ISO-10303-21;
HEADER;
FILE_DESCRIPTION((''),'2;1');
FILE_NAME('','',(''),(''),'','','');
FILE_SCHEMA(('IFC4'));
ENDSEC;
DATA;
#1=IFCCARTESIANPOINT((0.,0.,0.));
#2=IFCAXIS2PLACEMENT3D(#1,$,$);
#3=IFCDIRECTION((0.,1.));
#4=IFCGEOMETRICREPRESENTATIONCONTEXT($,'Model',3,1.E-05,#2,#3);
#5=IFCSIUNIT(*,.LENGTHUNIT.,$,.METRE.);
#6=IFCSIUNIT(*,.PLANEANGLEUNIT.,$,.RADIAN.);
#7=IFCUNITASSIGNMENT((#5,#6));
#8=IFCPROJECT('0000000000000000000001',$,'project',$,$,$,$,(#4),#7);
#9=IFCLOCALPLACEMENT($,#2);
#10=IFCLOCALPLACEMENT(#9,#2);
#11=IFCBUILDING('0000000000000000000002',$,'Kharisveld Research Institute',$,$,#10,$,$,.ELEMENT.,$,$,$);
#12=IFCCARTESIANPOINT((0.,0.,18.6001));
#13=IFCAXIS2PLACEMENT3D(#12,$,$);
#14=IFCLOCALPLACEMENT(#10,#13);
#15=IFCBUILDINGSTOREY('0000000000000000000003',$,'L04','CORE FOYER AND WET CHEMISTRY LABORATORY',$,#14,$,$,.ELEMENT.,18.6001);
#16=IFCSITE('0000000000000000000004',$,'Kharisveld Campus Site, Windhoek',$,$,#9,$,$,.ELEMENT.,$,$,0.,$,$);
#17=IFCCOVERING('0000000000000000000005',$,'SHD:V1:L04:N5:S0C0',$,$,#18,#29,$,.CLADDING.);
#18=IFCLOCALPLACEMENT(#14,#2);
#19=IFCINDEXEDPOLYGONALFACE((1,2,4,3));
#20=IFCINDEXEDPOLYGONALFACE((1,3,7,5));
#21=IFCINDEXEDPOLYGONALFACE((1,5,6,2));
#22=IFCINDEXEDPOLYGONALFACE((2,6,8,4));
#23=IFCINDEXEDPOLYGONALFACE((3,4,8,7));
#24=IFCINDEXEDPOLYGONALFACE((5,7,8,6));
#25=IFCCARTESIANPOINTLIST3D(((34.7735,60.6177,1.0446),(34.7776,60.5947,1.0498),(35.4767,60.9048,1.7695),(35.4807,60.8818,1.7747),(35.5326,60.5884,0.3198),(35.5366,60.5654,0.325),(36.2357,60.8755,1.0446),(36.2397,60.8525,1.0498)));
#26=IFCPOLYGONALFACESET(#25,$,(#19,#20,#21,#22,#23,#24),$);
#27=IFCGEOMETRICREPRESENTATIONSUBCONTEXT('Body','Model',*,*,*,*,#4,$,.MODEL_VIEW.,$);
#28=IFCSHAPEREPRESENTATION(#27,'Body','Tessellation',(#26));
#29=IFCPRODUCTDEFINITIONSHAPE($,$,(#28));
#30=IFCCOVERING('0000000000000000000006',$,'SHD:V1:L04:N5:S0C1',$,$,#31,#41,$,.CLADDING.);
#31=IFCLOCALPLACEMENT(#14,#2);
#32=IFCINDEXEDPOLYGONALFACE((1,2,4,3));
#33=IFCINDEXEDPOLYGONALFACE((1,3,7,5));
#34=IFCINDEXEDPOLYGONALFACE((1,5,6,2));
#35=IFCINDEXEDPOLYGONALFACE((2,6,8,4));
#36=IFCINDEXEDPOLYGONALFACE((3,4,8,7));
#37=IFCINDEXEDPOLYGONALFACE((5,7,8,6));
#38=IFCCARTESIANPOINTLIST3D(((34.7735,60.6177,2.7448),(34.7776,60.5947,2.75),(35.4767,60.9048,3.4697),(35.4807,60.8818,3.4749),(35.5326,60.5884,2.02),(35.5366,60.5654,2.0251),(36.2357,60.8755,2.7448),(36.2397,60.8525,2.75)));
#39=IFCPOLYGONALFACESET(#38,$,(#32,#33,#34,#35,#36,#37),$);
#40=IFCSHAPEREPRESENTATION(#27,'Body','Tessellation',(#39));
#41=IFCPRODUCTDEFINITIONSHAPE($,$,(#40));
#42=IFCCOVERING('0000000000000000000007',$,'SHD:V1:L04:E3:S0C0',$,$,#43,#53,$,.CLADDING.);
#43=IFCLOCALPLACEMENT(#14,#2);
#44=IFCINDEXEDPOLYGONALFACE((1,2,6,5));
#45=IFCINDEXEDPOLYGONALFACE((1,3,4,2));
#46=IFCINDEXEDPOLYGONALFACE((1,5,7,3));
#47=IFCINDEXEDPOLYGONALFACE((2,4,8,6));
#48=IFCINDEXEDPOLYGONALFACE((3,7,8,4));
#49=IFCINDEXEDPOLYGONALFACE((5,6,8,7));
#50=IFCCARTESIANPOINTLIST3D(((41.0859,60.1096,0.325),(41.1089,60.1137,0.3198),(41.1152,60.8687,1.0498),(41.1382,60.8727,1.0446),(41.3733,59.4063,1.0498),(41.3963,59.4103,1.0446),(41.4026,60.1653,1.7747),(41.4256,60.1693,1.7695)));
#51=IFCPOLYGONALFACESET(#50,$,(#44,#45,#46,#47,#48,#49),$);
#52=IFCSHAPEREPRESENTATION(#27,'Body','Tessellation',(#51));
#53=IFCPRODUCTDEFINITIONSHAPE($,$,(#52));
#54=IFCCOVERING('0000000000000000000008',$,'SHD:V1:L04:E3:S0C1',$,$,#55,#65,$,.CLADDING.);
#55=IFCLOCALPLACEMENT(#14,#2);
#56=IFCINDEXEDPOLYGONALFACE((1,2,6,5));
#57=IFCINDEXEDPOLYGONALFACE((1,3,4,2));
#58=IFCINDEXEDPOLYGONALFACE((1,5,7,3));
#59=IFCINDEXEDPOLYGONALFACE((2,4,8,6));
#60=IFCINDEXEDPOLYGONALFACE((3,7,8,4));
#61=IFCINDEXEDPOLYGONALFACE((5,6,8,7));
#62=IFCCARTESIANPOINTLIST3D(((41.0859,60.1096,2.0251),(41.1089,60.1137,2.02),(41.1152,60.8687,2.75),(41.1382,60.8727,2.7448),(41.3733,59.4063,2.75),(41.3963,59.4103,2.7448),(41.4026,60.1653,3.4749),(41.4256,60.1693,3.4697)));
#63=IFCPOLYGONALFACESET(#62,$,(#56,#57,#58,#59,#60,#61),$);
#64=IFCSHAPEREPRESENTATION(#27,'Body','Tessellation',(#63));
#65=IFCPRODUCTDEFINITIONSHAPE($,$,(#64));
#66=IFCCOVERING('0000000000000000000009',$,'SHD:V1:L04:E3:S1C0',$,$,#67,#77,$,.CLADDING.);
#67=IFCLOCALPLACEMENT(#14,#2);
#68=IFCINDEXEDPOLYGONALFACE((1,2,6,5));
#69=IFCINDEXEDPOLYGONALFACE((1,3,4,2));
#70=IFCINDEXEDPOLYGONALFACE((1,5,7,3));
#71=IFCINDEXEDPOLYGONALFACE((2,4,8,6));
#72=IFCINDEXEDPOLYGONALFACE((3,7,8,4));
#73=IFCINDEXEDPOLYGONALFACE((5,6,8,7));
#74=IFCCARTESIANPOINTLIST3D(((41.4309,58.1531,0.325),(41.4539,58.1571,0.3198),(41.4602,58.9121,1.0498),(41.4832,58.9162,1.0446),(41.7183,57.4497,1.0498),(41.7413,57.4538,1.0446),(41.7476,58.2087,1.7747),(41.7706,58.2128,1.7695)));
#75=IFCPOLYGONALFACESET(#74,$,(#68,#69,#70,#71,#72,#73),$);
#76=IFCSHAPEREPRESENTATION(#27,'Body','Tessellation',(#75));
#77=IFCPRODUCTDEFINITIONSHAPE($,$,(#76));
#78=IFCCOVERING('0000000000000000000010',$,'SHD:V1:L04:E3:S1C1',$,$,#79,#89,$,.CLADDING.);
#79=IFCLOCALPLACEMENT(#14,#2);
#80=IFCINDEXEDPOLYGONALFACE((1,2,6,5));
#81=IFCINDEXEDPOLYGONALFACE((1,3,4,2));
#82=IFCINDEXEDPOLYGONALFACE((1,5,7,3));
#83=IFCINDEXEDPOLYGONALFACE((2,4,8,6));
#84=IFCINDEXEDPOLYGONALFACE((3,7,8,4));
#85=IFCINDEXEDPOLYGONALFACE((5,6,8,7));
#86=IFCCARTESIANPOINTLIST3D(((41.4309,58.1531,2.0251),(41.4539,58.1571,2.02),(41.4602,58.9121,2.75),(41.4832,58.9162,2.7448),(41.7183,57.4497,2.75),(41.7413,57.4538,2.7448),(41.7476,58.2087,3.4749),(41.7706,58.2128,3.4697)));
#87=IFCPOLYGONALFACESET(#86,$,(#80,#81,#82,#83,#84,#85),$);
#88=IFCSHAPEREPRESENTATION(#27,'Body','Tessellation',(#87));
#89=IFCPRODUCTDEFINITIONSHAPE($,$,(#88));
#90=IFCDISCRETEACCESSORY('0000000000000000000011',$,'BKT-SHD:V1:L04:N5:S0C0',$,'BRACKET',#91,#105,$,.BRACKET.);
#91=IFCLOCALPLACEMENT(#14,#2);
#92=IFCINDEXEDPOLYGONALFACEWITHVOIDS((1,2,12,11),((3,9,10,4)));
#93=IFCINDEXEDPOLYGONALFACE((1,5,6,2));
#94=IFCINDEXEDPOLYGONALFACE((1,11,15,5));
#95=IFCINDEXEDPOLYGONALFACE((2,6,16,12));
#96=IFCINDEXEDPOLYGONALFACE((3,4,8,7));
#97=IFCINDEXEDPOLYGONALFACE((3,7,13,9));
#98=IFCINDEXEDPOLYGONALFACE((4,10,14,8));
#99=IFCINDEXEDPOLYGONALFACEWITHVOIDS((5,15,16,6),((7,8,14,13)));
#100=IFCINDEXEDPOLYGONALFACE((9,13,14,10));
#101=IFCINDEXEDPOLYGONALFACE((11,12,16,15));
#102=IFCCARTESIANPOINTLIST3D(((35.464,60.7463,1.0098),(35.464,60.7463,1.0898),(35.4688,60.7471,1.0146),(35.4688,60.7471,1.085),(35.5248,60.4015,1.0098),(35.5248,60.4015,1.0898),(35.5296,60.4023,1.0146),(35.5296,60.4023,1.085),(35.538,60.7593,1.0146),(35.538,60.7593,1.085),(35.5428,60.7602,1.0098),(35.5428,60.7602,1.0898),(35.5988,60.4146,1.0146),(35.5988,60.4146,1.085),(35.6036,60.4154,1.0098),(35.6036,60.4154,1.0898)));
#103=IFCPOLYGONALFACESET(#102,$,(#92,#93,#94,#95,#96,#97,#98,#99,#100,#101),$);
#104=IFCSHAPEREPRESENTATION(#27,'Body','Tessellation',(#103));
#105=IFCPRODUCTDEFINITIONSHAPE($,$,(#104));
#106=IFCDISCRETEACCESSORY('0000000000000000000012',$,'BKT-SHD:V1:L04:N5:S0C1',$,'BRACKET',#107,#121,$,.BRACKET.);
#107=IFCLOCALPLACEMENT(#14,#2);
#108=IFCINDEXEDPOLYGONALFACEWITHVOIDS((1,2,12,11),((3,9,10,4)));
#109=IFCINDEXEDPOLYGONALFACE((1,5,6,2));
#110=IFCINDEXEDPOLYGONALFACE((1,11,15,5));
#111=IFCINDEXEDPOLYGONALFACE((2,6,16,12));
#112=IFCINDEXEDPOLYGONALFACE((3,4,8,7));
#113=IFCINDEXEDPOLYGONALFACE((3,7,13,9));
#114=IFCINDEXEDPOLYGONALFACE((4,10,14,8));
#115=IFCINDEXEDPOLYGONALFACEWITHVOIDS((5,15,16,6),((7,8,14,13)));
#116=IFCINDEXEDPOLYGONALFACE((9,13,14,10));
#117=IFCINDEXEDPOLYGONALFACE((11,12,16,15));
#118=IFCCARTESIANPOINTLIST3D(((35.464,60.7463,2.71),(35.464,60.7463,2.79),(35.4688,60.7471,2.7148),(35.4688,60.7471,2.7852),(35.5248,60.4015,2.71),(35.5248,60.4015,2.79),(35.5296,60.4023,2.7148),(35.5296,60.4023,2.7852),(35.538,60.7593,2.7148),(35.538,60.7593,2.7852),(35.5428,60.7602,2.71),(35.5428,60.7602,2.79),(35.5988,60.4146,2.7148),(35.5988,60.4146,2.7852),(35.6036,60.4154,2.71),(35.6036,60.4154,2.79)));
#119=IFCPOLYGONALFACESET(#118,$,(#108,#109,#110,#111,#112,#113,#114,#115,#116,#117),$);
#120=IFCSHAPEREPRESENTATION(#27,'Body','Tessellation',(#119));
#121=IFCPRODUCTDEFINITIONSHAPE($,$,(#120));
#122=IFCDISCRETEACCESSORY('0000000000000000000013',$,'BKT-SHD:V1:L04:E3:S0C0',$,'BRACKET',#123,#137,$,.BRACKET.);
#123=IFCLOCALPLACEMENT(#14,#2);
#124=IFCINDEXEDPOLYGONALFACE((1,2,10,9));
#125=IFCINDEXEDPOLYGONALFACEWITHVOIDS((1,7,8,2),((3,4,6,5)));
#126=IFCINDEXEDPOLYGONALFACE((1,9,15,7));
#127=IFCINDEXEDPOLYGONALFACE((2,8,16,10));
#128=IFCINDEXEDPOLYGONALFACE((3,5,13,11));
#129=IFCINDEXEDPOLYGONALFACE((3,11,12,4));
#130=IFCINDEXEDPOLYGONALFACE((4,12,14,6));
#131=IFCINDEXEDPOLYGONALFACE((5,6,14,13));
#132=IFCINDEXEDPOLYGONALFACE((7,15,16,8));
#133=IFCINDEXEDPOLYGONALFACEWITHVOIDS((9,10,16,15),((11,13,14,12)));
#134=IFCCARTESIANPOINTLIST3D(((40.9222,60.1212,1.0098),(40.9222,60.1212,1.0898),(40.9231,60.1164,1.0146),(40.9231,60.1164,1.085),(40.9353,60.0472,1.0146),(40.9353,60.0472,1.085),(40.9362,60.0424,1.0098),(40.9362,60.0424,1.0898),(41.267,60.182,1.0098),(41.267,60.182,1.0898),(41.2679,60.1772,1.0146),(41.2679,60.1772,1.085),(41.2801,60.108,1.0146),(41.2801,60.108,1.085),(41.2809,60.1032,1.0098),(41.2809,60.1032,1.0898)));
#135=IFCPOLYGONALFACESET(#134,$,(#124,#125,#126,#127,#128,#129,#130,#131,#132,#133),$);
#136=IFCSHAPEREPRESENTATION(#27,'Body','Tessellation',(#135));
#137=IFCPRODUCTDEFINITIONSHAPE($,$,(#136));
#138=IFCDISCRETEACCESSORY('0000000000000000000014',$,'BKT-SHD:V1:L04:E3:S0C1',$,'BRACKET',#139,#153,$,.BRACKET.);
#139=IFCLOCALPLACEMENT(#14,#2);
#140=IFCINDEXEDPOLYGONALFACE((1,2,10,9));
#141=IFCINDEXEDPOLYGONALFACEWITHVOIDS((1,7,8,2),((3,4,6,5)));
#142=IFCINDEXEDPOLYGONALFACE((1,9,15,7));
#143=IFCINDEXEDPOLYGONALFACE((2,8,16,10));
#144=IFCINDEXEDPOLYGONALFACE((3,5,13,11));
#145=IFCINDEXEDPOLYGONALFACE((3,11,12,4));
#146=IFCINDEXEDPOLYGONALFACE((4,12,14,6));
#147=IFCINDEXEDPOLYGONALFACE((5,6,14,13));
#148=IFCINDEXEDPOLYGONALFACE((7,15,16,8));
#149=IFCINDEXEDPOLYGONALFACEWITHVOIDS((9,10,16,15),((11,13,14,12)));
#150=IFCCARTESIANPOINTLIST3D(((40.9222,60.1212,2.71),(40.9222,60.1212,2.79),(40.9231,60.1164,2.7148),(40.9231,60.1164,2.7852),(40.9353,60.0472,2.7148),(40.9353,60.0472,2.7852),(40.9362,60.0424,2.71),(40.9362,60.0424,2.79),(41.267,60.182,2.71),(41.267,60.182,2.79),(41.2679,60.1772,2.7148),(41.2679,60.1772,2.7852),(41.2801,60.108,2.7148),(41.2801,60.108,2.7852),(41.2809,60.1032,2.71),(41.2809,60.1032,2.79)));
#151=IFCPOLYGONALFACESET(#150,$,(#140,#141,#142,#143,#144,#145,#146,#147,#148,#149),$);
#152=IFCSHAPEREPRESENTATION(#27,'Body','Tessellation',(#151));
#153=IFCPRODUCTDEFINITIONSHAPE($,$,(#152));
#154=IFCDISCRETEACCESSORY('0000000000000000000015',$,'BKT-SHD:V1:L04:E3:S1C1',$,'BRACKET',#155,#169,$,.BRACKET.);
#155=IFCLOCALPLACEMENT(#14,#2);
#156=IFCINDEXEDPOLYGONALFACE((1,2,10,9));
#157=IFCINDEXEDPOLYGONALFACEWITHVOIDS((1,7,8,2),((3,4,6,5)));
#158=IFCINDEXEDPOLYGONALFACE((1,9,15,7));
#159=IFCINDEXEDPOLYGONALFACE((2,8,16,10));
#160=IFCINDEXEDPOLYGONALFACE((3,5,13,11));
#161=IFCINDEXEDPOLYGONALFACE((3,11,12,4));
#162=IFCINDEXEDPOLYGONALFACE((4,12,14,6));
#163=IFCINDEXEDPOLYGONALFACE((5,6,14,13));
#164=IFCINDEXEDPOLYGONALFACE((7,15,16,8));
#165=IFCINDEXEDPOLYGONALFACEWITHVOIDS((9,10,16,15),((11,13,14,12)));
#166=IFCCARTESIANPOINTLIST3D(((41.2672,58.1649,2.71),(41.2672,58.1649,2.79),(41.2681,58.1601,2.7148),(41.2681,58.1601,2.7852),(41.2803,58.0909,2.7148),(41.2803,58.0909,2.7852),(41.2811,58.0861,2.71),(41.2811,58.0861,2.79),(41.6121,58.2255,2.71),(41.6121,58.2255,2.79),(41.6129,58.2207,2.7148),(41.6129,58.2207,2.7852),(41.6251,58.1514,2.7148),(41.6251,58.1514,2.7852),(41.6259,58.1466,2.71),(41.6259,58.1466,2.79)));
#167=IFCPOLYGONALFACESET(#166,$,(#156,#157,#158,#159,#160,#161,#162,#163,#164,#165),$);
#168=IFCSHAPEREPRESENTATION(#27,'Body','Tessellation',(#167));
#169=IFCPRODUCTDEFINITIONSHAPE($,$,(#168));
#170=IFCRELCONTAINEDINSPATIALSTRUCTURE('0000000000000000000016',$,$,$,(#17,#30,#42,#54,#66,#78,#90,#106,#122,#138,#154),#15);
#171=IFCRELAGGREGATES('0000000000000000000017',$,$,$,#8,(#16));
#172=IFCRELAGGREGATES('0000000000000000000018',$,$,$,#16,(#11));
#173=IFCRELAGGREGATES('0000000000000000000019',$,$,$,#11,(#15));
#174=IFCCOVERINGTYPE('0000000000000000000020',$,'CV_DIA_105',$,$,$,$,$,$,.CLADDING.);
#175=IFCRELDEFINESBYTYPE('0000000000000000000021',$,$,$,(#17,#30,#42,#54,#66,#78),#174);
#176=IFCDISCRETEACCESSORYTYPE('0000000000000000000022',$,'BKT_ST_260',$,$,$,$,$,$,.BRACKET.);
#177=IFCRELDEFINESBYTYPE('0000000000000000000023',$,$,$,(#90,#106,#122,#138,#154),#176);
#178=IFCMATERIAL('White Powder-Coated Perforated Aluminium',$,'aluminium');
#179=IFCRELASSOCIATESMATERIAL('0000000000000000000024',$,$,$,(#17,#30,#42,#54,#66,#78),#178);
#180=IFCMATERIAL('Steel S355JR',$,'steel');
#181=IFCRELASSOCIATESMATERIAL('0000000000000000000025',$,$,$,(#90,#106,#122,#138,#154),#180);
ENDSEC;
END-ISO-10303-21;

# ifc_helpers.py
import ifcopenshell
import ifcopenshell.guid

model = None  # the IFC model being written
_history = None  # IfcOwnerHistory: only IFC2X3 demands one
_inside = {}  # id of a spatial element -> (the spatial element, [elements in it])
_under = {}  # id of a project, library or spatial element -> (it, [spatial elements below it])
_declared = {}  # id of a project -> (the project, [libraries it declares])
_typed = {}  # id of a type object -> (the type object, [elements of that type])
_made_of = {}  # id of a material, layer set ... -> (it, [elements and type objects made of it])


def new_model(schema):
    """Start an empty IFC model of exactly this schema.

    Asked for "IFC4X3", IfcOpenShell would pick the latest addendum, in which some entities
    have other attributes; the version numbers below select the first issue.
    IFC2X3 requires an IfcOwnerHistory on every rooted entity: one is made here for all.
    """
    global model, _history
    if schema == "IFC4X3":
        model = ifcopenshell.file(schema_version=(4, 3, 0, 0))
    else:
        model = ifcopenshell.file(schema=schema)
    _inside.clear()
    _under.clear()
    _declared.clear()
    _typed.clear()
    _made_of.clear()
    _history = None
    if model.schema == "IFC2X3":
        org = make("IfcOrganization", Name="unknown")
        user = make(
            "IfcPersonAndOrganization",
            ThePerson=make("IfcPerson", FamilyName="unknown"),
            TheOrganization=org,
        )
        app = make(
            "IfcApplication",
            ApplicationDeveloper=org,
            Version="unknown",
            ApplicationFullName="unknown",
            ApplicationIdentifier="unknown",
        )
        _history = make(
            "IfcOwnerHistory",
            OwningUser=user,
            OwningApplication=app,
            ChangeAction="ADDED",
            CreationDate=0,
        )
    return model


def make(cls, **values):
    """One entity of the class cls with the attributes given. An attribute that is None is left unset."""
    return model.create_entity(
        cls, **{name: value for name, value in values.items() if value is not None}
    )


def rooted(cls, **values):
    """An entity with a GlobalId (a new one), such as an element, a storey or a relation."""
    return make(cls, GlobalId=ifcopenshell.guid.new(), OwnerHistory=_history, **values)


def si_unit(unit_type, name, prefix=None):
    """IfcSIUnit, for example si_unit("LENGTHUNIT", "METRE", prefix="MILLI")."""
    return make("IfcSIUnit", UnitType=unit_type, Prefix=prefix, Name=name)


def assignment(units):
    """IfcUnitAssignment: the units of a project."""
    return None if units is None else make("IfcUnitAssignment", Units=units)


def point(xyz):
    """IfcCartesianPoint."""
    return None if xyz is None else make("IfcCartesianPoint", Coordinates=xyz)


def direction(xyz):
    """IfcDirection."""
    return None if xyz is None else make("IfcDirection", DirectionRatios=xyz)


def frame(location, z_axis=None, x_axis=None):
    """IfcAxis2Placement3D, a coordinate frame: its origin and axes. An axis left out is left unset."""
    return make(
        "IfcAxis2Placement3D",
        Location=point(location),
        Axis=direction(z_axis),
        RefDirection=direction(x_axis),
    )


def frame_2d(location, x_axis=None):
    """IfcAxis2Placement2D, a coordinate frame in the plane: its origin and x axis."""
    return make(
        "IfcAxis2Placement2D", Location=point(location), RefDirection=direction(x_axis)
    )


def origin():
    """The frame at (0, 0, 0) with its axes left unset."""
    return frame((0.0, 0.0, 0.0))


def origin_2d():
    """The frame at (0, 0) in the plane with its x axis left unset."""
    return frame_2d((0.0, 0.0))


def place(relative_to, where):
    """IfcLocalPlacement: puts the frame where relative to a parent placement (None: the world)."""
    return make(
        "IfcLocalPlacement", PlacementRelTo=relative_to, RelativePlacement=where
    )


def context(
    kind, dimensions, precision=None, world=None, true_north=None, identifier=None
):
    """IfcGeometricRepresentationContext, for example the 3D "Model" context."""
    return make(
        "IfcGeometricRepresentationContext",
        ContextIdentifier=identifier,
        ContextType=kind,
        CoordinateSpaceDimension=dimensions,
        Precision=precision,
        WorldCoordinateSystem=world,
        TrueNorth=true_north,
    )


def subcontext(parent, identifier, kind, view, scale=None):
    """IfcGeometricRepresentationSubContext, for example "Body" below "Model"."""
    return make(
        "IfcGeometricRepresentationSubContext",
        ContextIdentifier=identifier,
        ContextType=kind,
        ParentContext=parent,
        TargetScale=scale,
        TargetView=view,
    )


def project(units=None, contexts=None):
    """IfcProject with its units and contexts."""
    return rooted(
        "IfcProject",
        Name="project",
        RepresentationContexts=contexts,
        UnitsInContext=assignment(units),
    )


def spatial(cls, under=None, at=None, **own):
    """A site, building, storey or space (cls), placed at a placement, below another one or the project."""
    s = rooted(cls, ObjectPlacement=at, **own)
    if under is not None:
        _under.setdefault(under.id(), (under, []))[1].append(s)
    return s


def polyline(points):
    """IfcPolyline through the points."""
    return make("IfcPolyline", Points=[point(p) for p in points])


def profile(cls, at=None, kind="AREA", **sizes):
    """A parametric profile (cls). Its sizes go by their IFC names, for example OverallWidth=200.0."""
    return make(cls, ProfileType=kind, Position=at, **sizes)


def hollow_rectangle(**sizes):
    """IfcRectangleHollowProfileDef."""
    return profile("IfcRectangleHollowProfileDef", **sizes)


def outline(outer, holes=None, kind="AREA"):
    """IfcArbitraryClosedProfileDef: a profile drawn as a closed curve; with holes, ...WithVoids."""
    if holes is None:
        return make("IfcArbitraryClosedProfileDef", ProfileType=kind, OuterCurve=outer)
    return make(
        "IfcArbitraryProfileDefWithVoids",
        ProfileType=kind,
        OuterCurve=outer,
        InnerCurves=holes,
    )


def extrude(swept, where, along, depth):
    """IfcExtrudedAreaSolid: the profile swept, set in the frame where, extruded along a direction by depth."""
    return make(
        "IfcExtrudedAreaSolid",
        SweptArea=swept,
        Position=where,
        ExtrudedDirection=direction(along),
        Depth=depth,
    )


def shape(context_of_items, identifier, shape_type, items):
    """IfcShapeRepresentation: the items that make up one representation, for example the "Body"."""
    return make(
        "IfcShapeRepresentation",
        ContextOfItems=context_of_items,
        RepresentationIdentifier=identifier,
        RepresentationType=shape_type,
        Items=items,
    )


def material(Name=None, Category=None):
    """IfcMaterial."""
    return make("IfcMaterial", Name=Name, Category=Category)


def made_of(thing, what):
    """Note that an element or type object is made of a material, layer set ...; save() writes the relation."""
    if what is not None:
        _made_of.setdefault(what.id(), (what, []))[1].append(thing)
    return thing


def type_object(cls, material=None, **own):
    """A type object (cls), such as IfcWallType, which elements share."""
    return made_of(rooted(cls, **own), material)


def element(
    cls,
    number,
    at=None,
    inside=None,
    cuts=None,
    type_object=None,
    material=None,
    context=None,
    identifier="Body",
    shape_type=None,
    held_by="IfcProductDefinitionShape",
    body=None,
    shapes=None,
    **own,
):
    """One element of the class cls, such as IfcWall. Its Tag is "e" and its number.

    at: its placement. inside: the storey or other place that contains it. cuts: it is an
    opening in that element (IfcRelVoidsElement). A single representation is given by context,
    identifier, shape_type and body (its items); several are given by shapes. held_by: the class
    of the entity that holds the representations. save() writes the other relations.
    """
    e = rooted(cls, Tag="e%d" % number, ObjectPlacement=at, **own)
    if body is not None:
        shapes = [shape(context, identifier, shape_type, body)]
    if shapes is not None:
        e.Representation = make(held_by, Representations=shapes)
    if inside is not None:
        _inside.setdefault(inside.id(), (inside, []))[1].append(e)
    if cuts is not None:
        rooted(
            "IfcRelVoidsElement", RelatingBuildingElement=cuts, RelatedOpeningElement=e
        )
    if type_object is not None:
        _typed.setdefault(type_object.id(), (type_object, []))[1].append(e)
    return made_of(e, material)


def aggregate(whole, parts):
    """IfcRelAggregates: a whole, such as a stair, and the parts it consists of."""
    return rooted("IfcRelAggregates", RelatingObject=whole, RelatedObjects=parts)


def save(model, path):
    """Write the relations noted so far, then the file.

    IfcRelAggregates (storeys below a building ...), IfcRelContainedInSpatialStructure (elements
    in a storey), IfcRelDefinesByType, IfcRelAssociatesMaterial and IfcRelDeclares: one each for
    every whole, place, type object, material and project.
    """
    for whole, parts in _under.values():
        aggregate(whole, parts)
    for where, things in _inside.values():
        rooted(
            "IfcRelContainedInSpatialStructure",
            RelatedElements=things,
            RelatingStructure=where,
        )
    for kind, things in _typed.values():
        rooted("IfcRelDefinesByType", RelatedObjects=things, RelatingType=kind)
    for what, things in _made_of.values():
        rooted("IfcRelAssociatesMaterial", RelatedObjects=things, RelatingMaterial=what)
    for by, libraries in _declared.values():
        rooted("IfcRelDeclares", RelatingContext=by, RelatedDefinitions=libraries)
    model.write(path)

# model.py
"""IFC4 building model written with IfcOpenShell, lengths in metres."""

from ifc_helpers import new_model, si_unit, direction, frame, origin, origin_2d, place, context, subcontext, project, spatial, polyline, hollow_rectangle, outline, extrude, material, type_object, element, save


model = new_model("IFC4")

# Units and contexts
model_context = context("Model", 3, precision=1e-05, world=origin(), true_north=direction((0.0, 1.0)))
body_context = subcontext(model_context, "Body", "Model", "MODEL_VIEW")
ifc_project = project(units=[si_unit("LENGTHUNIT", "METRE"), si_unit("PLANEANGLEUNIT", "RADIAN")], contexts=[model_context])

# Site, building, storey
site_placement = place(None, origin())
site = spatial("IfcSite", under=ifc_project, at=site_placement, Name="Kharisveld Campus Site, Windhoek", CompositionType="ELEMENT", RefElevation=0.0)
building_placement = place(site_placement, origin())
building = spatial("IfcBuilding", under=site, at=building_placement, Name="Kharisveld Research Institute", CompositionType="ELEMENT")
storey_placement = place(building_placement, frame((0.0, 0.0, 18.6001)))
storey = spatial("IfcBuildingStorey", under=building, at=storey_placement, Name="L04", Description="CORE FOYER AND WET CHEMISTRY LABORATORY", CompositionType="ELEMENT", Elevation=18.6001)

# Coverings
ifc_material_1 = material(Name="White Powder-Coated Perforated Aluminium", Category="aluminium")
covering_type = type_object("IfcCoveringType", Name="CV_DIA_105", PredefinedType="CLADDING")
for number, where, z_axis, x_axis, name in (
    (1, (35.5366, 60.5654, 0.325), (0.169531, -0.961476, 0.216385), (0.669725, 0.273471, 0.690421), "SHD:V1:L04:N5:S0C0"),
    (2, (35.5366, 60.5654, 2.0251), (0.169531, -0.961476, 0.216385), (0.669725, 0.273471, 0.690421), "SHD:V1:L04:N5:S0C1"),
):
    element("IfcCovering", number, at=place(storey_placement, frame(where, z_axis=z_axis, x_axis=x_axis)), inside=storey, type_object=covering_type, material=ifc_material_1, Name=name, PredefinedType="CLADDING", context=body_context, shape_type="SweptSolid", body=[
        extrude(outline(polyline([(0.0, 0.0), (1.0499, 0.0), (1.05, 1.05), (0.0001, 1.05), (0.0, 0.0)])), origin(), (0.0, 0.0, -1.0), 0.0239),
    ])
for number, where, z_axis, x_axis, name in (
    (3, (41.0859, 60.1096, 0.325), (-0.961426, -0.169654, 0.216512), (0.273644, -0.669811, 0.69027), "SHD:V1:L04:E3:S0C0"),
    (4, (41.0859, 60.1096, 2.0251), (-0.961426, -0.169654, 0.216512), (0.273644, -0.669811, 0.69027), "SHD:V1:L04:E3:S0C1"),
    (5, (41.4309, 58.1531, 0.325), (-0.961426, -0.169654, 0.216512), (0.273644, -0.669811, 0.69027), "SHD:V1:L04:E3:S1C0"),
    (6, (41.4309, 58.1531, 2.0251), (-0.961426, -0.169654, 0.216512), (0.273644, -0.669811, 0.69027), "SHD:V1:L04:E3:S1C1"),
):
    element("IfcCovering", number, at=place(storey_placement, frame(where, z_axis=z_axis, x_axis=x_axis)), inside=storey, type_object=covering_type, material=ifc_material_1, Name=name, PredefinedType="CLADDING", context=body_context, shape_type="SweptSolid", body=[
        extrude(outline(polyline([(0.0, 0.0), (1.0501, 0.0), (1.0501, 1.05), (0.0, 1.05), (0.0, 0.0)])), origin(), (0.0, 0.0, -1.0), 0.0239),
    ])

# Discrete accessories
ifc_material_2 = material(Name="Steel S355JR", Category="steel")
discrete_accessory_type = type_object("IfcDiscreteAccessoryType", Name="BKT_ST_260", PredefinedType="BRACKET")
for number, where, z_axis, x_axis, name in (
    (7, (35.5642, 60.4084, 1.0498), (-0.173666, 0.984805, 0.0), (-0.984805, -0.173666, 0.0), "BKT-SHD:V1:L04:N5:S0C0"),
    (8, (35.5642, 60.4084, 2.75), (-0.173666, 0.984805, 0.0), (-0.984805, -0.173666, 0.0), "BKT-SHD:V1:L04:N5:S0C1"),
    (9, (40.9292, 60.0818, 1.0498), (0.984805, 0.173666, 0.0), (-0.173666, 0.984805, 0.0), "BKT-SHD:V1:L04:E3:S0C0"),
    (10, (40.9292, 60.0818, 2.75), (0.984805, 0.173666, 0.0), (-0.173666, 0.984805, 0.0), "BKT-SHD:V1:L04:E3:S0C1"),
    (11, (41.2742, 58.1255, 2.75), (0.984924, 0.172989, 0.0), (-0.172989, 0.984924, 0.0), "BKT-SHD:V1:L04:E3:S1C1"),
):
    element("IfcDiscreteAccessory", number, at=place(storey_placement, frame(where, z_axis=z_axis, x_axis=x_axis)), inside=storey, type_object=discrete_accessory_type, material=ifc_material_2, Name=name, ObjectType="BRACKET", PredefinedType="BRACKET", context=body_context, shape_type="SweptSolid", body=[
        extrude(hollow_rectangle(XDim=0.0801, YDim=0.0801, WallThickness=0.0049, at=origin_2d()), origin(), (0.0, 0.0, 1.0), 0.3501),
    ])

save(model, "model.ifc")
